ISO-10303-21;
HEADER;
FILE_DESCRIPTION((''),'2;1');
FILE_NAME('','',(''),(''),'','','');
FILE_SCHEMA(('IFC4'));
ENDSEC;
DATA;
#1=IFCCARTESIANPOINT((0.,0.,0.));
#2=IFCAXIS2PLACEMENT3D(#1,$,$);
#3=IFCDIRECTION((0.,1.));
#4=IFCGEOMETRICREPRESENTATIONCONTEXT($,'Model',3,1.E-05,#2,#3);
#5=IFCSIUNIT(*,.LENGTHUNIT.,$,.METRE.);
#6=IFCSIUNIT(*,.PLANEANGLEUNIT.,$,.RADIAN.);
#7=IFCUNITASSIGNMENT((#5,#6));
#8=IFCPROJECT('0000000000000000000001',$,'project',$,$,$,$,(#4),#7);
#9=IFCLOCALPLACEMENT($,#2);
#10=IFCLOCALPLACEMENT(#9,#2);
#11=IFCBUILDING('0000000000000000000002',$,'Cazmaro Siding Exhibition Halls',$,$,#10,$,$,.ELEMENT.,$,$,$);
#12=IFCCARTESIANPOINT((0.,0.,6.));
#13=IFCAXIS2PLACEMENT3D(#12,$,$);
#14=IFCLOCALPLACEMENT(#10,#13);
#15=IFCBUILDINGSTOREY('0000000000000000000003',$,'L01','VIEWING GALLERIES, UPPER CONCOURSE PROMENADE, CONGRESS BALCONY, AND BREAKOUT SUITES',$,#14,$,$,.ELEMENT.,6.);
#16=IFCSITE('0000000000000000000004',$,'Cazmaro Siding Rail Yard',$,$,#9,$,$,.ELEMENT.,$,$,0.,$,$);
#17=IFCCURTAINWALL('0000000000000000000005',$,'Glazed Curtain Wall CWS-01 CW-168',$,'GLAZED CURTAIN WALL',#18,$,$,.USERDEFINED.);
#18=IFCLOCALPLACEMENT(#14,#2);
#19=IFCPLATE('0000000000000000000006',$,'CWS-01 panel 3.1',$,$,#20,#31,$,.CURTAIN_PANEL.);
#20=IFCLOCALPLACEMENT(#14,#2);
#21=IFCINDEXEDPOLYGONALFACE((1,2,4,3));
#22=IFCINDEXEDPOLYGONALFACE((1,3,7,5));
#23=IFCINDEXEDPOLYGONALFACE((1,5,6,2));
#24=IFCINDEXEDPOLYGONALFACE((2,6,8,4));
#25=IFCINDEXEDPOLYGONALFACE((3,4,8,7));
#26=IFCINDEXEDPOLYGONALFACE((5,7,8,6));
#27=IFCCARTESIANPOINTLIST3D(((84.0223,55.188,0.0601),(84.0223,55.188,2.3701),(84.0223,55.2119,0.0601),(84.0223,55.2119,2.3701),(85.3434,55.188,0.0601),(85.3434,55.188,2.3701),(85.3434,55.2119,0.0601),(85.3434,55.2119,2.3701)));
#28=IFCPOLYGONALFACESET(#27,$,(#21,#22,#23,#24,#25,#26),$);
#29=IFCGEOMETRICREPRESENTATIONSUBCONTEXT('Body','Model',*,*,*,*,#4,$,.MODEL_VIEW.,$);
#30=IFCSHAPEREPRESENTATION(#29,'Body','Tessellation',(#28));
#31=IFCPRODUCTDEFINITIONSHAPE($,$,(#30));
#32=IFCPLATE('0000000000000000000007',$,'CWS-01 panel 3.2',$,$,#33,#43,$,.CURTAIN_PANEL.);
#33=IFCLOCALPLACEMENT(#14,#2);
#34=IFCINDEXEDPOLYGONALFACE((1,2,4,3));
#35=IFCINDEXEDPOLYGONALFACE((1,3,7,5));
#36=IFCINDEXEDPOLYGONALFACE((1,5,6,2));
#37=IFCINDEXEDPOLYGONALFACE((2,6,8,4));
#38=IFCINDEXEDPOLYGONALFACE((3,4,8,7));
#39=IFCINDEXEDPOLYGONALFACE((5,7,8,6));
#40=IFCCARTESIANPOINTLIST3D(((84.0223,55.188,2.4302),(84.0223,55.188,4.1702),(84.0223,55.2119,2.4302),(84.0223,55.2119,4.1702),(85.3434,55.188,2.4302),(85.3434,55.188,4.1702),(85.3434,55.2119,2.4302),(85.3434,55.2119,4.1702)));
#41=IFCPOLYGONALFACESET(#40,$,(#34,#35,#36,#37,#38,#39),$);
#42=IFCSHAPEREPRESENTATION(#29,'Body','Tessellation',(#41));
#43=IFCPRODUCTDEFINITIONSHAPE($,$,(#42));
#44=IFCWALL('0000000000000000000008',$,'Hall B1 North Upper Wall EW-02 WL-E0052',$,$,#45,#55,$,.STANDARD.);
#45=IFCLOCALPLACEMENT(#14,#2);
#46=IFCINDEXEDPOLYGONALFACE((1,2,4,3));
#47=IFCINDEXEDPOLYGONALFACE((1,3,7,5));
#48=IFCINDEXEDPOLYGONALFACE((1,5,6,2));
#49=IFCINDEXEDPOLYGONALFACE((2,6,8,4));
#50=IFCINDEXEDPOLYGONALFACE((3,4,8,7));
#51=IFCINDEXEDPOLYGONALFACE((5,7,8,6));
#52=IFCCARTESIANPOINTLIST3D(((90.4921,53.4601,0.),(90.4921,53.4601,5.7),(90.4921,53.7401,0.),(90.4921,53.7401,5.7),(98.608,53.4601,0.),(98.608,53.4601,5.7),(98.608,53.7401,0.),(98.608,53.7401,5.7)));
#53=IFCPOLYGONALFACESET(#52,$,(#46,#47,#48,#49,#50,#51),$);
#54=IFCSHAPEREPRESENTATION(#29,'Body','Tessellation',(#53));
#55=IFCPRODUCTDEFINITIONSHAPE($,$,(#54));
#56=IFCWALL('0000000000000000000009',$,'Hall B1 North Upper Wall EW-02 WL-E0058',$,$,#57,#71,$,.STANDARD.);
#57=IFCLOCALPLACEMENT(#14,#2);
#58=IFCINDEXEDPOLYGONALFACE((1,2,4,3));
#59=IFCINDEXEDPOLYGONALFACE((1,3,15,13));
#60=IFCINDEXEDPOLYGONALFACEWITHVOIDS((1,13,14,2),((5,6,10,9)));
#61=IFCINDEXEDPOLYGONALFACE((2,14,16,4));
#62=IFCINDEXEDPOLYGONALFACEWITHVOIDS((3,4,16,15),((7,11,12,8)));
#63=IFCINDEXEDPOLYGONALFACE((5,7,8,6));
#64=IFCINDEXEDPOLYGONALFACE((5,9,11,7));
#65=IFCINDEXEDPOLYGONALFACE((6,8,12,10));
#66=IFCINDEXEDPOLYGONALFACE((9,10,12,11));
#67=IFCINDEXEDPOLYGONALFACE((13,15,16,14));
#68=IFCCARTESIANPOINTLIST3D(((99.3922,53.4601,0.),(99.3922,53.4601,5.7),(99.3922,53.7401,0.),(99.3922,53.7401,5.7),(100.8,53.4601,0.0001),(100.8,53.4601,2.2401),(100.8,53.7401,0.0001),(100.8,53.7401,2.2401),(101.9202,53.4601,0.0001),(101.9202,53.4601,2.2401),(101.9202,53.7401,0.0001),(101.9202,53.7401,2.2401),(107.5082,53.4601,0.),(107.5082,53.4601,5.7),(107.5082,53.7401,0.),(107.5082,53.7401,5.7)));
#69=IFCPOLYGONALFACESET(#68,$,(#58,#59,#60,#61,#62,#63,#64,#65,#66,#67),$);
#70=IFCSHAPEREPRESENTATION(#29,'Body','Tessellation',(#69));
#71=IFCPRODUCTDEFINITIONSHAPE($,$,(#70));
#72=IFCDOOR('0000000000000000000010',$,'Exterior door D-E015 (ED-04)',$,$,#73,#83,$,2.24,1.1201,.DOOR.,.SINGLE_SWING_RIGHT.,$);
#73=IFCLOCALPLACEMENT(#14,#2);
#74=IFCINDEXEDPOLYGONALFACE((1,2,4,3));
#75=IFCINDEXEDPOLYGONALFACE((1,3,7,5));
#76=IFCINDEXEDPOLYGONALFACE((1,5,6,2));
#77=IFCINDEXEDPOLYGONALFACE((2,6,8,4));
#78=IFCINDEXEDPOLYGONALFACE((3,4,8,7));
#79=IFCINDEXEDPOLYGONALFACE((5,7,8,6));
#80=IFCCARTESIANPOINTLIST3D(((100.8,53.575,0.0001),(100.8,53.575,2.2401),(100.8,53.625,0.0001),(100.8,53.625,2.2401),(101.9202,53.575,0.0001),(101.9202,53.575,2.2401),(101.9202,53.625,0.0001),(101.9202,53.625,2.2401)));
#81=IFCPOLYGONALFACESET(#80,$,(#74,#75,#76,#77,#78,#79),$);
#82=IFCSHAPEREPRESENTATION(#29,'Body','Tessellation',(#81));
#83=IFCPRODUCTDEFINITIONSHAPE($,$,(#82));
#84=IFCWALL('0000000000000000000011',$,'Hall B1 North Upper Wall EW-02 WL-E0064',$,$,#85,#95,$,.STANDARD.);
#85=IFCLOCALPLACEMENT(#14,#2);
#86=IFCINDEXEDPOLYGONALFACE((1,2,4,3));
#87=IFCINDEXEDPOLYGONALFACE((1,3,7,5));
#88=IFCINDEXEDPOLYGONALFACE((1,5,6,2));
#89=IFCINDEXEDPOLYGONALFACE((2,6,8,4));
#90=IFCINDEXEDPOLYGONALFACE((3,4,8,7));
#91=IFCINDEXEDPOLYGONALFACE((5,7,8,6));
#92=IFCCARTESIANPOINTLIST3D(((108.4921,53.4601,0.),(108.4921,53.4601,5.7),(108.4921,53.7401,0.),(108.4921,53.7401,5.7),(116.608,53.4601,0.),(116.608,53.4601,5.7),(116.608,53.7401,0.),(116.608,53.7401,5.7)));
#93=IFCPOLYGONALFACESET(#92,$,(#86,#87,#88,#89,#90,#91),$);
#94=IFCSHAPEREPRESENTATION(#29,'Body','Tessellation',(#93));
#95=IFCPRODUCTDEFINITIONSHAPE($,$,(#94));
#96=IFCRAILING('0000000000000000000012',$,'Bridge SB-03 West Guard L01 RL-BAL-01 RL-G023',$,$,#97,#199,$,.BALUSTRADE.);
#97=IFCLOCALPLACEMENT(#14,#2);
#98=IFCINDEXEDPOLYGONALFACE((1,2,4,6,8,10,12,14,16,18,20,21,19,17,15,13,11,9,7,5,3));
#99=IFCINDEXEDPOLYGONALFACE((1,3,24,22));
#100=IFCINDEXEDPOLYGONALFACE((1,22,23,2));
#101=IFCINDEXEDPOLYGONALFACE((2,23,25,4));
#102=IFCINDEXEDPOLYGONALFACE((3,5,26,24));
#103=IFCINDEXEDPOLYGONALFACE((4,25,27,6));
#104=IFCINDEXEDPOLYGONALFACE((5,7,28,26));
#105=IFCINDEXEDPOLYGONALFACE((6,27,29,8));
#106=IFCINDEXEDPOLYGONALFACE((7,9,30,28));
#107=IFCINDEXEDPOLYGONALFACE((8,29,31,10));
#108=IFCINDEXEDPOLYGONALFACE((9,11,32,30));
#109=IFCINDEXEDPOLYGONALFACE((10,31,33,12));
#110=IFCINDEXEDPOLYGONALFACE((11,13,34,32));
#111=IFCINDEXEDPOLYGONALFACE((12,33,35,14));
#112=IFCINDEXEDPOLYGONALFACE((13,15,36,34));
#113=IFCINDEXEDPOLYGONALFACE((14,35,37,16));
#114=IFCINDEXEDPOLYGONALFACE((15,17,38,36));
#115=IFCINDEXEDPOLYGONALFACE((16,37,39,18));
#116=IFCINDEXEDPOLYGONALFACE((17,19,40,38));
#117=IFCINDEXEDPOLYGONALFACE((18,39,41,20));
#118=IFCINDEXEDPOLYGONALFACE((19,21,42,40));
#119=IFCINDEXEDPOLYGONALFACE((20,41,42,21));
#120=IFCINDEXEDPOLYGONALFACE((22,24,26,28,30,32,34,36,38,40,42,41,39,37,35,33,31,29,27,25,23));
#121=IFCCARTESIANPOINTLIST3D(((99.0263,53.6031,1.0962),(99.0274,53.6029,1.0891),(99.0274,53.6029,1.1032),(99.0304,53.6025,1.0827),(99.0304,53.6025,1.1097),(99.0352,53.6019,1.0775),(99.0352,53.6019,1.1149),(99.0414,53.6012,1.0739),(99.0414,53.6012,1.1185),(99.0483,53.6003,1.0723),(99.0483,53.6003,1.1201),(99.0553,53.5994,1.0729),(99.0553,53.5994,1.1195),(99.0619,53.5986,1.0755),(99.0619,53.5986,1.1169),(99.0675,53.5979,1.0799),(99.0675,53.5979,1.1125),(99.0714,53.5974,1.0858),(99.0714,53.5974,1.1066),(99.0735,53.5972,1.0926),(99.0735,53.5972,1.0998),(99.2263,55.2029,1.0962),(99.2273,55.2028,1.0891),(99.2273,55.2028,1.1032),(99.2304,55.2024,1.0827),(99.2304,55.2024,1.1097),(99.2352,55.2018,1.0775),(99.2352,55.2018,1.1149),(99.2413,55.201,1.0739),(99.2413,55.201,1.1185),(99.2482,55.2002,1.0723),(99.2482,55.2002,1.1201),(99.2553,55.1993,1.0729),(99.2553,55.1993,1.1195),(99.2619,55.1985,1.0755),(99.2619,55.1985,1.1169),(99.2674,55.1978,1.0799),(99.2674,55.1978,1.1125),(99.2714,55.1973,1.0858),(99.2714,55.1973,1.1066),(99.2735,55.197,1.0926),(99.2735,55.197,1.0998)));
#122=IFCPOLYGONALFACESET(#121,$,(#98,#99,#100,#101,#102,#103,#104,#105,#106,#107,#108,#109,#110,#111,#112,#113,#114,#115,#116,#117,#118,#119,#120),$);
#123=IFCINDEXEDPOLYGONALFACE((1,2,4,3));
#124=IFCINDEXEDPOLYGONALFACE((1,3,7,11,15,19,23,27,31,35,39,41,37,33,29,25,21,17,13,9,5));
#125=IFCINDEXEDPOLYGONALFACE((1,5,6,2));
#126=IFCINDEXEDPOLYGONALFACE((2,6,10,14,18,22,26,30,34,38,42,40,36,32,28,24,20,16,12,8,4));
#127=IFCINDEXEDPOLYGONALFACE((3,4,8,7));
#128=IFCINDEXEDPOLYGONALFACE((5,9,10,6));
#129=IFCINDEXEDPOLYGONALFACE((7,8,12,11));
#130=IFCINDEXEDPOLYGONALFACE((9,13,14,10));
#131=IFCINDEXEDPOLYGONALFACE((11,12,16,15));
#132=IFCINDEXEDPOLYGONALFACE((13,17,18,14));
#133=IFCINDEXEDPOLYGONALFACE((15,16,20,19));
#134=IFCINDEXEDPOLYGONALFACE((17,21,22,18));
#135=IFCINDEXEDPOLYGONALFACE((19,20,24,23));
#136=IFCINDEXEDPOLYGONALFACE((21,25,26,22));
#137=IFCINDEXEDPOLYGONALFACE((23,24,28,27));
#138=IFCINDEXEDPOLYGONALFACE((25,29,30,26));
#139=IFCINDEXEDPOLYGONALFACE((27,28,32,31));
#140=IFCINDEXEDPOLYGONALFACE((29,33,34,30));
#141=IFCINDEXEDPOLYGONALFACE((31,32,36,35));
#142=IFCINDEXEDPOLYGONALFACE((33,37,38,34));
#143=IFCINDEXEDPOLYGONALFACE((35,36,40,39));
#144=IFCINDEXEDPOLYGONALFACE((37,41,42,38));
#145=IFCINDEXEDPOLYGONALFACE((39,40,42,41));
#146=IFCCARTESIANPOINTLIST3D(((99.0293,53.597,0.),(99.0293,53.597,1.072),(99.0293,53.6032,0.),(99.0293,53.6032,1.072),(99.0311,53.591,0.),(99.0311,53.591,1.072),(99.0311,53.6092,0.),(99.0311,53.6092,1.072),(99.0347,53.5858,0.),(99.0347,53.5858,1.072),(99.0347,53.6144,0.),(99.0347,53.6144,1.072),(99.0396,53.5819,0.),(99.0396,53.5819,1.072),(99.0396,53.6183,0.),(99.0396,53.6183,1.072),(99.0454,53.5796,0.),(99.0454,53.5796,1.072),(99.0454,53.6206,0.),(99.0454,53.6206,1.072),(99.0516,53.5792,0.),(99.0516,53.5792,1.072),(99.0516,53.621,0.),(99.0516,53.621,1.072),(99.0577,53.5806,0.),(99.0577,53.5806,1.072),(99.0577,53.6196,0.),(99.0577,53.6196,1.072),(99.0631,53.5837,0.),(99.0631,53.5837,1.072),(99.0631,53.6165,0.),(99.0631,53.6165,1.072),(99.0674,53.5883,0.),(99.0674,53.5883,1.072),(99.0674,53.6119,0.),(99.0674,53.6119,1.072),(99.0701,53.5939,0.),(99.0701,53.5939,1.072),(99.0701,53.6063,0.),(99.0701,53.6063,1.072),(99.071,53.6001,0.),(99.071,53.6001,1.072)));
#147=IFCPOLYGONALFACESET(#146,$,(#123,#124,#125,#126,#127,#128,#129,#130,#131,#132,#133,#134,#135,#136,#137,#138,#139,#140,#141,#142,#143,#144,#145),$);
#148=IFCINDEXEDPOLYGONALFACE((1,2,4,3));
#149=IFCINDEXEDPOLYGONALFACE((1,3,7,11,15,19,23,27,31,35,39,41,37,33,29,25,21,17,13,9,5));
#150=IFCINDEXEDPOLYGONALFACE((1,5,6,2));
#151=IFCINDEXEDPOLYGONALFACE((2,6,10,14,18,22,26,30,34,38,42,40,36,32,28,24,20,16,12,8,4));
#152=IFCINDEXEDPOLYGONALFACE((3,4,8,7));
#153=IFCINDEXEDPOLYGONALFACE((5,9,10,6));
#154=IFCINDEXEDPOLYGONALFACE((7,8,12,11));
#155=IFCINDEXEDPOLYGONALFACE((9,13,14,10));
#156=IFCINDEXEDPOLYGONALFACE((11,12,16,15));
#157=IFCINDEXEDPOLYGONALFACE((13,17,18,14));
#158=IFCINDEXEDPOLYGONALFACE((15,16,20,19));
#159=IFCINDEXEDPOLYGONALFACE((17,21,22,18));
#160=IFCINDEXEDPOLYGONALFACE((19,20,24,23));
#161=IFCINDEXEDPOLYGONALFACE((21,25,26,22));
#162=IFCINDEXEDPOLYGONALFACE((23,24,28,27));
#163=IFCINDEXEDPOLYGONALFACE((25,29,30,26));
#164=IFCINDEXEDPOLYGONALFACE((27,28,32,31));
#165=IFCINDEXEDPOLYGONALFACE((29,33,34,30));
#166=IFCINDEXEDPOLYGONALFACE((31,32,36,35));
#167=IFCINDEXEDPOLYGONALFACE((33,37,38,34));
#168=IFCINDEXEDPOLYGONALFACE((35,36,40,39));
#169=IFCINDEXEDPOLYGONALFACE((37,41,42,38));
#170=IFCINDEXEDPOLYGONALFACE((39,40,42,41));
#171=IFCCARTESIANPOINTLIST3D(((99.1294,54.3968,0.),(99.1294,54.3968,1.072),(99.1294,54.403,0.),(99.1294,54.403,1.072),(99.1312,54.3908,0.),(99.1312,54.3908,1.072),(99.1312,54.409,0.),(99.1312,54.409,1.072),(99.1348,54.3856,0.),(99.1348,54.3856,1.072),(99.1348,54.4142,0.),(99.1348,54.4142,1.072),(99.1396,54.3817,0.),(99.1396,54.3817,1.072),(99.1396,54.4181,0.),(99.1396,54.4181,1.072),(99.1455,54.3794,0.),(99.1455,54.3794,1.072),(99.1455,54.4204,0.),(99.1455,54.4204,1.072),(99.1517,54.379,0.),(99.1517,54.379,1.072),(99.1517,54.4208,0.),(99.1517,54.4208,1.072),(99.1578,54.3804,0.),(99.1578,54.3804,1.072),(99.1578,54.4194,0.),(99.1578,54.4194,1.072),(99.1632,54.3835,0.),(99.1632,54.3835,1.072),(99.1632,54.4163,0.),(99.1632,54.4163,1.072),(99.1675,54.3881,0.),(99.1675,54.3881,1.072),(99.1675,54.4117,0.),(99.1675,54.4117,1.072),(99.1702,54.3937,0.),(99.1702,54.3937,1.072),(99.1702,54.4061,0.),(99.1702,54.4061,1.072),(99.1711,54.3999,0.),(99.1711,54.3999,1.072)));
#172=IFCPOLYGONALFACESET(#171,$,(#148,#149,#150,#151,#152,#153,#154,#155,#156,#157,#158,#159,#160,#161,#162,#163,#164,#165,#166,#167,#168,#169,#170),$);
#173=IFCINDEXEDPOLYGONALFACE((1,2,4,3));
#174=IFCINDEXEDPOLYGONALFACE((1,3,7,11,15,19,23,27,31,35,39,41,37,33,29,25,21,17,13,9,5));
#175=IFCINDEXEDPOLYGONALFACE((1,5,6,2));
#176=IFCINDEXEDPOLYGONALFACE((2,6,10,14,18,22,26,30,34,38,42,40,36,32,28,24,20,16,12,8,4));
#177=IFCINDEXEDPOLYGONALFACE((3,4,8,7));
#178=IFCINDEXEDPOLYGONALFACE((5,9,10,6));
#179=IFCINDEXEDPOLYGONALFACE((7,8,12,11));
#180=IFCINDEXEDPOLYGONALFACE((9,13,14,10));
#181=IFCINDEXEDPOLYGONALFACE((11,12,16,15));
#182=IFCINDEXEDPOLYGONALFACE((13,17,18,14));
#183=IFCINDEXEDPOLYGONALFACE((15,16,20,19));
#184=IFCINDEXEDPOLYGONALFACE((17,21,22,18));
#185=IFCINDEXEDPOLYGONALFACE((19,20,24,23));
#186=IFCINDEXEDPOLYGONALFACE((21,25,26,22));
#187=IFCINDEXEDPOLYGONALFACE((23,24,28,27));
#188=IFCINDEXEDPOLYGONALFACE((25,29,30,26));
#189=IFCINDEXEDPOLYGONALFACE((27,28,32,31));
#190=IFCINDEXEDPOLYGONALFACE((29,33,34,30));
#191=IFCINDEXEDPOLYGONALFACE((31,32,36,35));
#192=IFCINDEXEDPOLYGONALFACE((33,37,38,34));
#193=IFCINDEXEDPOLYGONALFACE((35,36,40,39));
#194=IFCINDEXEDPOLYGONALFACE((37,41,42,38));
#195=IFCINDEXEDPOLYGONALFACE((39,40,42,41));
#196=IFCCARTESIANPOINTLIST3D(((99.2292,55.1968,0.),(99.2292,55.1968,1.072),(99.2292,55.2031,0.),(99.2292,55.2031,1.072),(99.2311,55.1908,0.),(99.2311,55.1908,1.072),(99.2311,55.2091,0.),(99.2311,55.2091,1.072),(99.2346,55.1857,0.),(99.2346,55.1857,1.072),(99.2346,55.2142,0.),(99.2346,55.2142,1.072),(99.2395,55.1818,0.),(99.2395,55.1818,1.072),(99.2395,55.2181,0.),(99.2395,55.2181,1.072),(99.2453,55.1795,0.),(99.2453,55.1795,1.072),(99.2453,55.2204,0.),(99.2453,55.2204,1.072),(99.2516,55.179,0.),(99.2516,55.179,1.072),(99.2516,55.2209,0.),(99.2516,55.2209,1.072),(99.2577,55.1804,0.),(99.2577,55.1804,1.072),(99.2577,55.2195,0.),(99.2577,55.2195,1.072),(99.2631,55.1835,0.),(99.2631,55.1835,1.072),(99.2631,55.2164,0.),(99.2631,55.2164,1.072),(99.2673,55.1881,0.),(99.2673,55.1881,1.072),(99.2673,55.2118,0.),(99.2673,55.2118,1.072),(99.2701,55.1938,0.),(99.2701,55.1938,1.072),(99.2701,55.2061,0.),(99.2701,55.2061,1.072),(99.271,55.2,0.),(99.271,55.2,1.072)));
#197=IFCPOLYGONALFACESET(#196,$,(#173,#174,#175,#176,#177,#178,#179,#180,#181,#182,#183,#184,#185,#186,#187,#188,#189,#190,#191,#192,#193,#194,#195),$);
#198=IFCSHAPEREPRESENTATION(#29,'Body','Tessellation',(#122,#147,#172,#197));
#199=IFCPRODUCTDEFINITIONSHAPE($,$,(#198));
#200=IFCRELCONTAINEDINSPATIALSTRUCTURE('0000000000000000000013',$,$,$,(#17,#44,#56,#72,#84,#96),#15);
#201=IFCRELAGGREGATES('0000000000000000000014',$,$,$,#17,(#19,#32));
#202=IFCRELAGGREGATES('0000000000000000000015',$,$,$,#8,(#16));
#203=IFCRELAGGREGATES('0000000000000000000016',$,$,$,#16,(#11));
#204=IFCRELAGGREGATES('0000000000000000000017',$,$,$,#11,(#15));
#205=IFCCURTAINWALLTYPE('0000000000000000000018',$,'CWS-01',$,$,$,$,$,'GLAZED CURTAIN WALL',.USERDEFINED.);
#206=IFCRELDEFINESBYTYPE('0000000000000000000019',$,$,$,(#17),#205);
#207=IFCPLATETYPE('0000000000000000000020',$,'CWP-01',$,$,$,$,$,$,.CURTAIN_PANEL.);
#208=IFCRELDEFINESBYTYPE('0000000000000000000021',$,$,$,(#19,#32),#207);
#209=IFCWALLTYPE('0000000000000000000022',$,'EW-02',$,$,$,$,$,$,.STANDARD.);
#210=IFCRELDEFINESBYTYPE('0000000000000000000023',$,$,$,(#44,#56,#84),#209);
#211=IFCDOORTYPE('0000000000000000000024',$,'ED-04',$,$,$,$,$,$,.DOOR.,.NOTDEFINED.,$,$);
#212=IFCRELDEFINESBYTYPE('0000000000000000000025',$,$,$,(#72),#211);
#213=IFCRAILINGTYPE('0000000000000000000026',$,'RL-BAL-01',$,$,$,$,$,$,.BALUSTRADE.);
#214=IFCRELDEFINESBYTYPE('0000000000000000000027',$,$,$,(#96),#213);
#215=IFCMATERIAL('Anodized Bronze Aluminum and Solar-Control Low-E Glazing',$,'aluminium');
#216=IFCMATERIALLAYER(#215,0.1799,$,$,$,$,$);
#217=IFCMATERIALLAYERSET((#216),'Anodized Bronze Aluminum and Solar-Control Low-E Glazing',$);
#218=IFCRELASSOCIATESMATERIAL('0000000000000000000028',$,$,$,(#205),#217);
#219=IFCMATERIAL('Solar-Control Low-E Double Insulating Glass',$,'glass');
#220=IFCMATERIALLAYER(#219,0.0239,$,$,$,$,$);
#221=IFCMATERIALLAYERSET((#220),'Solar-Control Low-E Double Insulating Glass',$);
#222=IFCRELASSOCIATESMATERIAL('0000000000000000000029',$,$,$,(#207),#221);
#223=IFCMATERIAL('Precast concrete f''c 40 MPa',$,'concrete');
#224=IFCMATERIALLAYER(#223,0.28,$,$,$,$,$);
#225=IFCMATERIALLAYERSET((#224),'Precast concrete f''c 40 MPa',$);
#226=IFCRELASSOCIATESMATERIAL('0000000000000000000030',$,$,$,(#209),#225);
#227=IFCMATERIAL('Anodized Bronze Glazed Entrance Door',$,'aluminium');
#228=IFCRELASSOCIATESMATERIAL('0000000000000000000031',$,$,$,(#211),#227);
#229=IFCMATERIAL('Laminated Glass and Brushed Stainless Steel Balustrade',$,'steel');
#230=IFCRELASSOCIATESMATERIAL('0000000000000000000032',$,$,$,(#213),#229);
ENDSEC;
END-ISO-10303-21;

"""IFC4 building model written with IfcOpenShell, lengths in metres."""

from ifc_helpers import new_model, si_unit, direction, frame, frame_2d, origin, origin_2d, place, context, subcontext, project, spatial, rectangle, circle, extrude, material, layer, layer_set, type_object, element, fill, aggregate, save


model = new_model("IFC4")

# Units and contexts
model_context = context("Model", 3, precision=1e-05, world=origin(), true_north=direction((0.0, 1.0)))
body_context = subcontext(model_context, "Body", "Model", "MODEL_VIEW")
ifc_project = project(units=[si_unit("LENGTHUNIT", "METRE"), si_unit("PLANEANGLEUNIT", "RADIAN")], contexts=[model_context])

# Site, building, storey
site_placement = place(None, origin())
site = spatial("IfcSite", under=ifc_project, at=site_placement, Name="Cazmaro Siding Rail Yard", CompositionType="ELEMENT", RefElevation=0.0)
building_placement = place(site_placement, origin())
building = spatial("IfcBuilding", under=site, at=building_placement, Name="Cazmaro Siding Exhibition Halls", CompositionType="ELEMENT")
storey_placement = place(building_placement, frame((0.0, 0.0, 6.0)))
storey = spatial("IfcBuildingStorey", under=building, at=storey_placement, Name="L01", Description="VIEWING GALLERIES, UPPER CONCOURSE PROMENADE, CONGRESS BALCONY, AND BREAKOUT SUITES", CompositionType="ELEMENT", Elevation=6.0)

# Curtain wall
ifc_material_1 = material(Name="Anodized Bronze Aluminum and Solar-Control Low-E Glazing", Category="aluminium")
ifc_layer_1 = layer(ifc_material_1, 0.1799)
ifc_layer_set_1 = layer_set([ifc_layer_1], Name="Anodized Bronze Aluminum and Solar-Control Low-E Glazing")
curtain_wall_type = type_object("IfcCurtainWallType", Name="CWS-01", ElementType="GLAZED CURTAIN WALL", PredefinedType="USERDEFINED", material=ifc_layer_set_1)
curtain_wall_placement = place(storey_placement, origin())
curtain_wall = element("IfcCurtainWall", 1, at=curtain_wall_placement, inside=storey, type_object=curtain_wall_type, Name="Glazed Curtain Wall CWS-01 CW-168", ObjectType="GLAZED CURTAIN WALL", PredefinedType="USERDEFINED")

# Plates
ifc_material_2 = material(Name="Solar-Control Low-E Double Insulating Glass", Category="glass")
ifc_layer_2 = layer(ifc_material_2, 0.0239)
ifc_layer_set_2 = layer_set([ifc_layer_2], Name="Solar-Control Low-E Double Insulating Glass")
plate_type = type_object("IfcPlateType", Name="CWP-01", PredefinedType="CURTAIN_PANEL", material=ifc_layer_set_2)
plate_1_placement = place(storey_placement, frame((84.6829, 55.2, 0.0601), z_axis=(0.0, 0.0, 1.0), x_axis=(1.0, 0.0, 0.0)))
plate_1 = element("IfcPlate", 2, at=plate_1_placement, type_object=plate_type, Name="CWS-01 panel 3.1", PredefinedType="CURTAIN_PANEL", context=body_context, shape_type="SweptSolid", body=[
    extrude(rectangle(XDim=1.321, YDim=0.0239, at=origin_2d()), origin(), (0.0, 0.0, 1.0), 2.3101),
])
plate_2_placement = place(storey_placement, frame((84.6829, 55.2, 2.4302), z_axis=(0.0, 0.0, 1.0), x_axis=(1.0, 0.0, 0.0)))
plate_2 = element("IfcPlate", 3, at=plate_2_placement, type_object=plate_type, Name="CWS-01 panel 3.2", PredefinedType="CURTAIN_PANEL", context=body_context, shape_type="SweptSolid", body=[
    extrude(rectangle(XDim=1.321, YDim=0.0239, at=origin_2d()), origin(), (0.0, 0.0, 1.0), 1.74),
])
aggregate(curtain_wall, [plate_1, plate_2])

# Wall
ifc_material_3 = material(Name="Precast concrete f'c 40 MPa", Category="concrete")
ifc_layer_3 = layer(ifc_material_3, 0.28)
ifc_layer_set_3 = layer_set([ifc_layer_3], Name="Precast concrete f'c 40 MPa")
wall_type = type_object("IfcWallType", Name="EW-02", PredefinedType="STANDARD", material=ifc_layer_set_3)
wall_1_placement = place(storey_placement, frame((90.4919, 53.6001, 0.0), z_axis=(0.0, 0.0, 1.0), x_axis=(1.0, 0.0, 0.0)))
element("IfcWall", 4, at=wall_1_placement, inside=storey, type_object=wall_type, Name="Hall B1 North Upper Wall EW-02 WL-E0052", PredefinedType="STANDARD", context=body_context, shape_type="SweptSolid", body=[
    extrude(rectangle(XDim=8.116, YDim=0.28, at=frame_2d((4.0581, 0.0))), origin(), (0.0, 0.0, 1.0), 5.7),
])

# Wall, opening, door
wall_2_placement = place(storey_placement, frame((99.3921, 53.6001, 0.0), z_axis=(0.0, 0.0, 1.0), x_axis=(1.0, 0.0, 0.0)))
wall_2 = element("IfcWall", 5, at=wall_2_placement, inside=storey, type_object=wall_type, Name="Hall B1 North Upper Wall EW-02 WL-E0058", PredefinedType="STANDARD", context=body_context, shape_type="SweptSolid", body=[
    extrude(rectangle(XDim=8.116, YDim=0.28, at=frame_2d((4.0581, 0.0))), origin(), (0.0, 0.0, 1.0), 5.7),
])
opening_placement = place(wall_2_placement, frame((1.408, 0.0, 0.0)))
opening = element("IfcOpeningElement", 6, at=opening_placement, cuts=wall_2, PredefinedType="OPENING", context=body_context, shape_type="SweptSolid", body=[
    extrude(rectangle(XDim=1.1201, YDim=2.24, at=frame_2d((0.5601, 1.1201))), frame((0.0, 0.1499, 0.0), z_axis=(0.0, -1.0, 0.0), x_axis=(1.0, 0.0, 0.0)), (0.0, 0.0, 1.0), 0.3),
])
ifc_material_4 = material(Name="Anodized Bronze Glazed Entrance Door", Category="aluminium")
door_type = type_object("IfcDoorType", Name="ED-04", OperationType="NOTDEFINED", PredefinedType="DOOR", material=ifc_material_4)
door_placement = place(opening_placement, origin())
door = element("IfcDoor", 7, at=door_placement, inside=storey, type_object=door_type, Name="Exterior door D-E015 (ED-04)", OperationType="SINGLE_SWING_RIGHT", OverallHeight=2.24, OverallWidth=1.1201, PredefinedType="DOOR", context=body_context, shape_type="SweptSolid", body=[
    extrude(rectangle(XDim=1.1201, YDim=2.24, at=frame_2d((0.5601, 1.1201))), frame((0.0, 0.0249, 0.0), z_axis=(0.0, -1.0, 0.0), x_axis=(1.0, 0.0, 0.0)), (0.0, 0.0, 1.0), 0.05),
])
fill(opening, door)

# Wall
wall_3_placement = place(storey_placement, frame((108.4919, 53.6001, 0.0), z_axis=(0.0, 0.0, 1.0), x_axis=(1.0, 0.0, 0.0)))
element("IfcWall", 8, at=wall_3_placement, inside=storey, type_object=wall_type, Name="Hall B1 North Upper Wall EW-02 WL-E0064", PredefinedType="STANDARD", context=body_context, shape_type="SweptSolid", body=[
    extrude(rectangle(XDim=8.116, YDim=0.28, at=frame_2d((4.0581, 0.0))), origin(), (0.0, 0.0, 1.0), 5.7),
])

# Railing
ifc_material_5 = material(Name="Laminated Glass and Brushed Stainless Steel Balustrade", Category="steel")
railing_type = type_object("IfcRailingType", Name="RL-BAL-01", PredefinedType="BALUSTRADE", material=ifc_material_5)
railing_1_placement = place(storey_placement, frame((99.05, 53.6001, 0.0)))
element("IfcRailing", 9, at=railing_1_placement, inside=storey, type_object=railing_type, Name="Bridge SB-03 West Guard L01 RL-BAL-01 RL-G023", PredefinedType="BALUSTRADE", context=body_context, shape_type="SweptSolid", body=[
    extrude(circle(Radius=0.0239, at=origin_2d()), frame((0.0, 0.0, 1.0962), z_axis=(0.124016, 0.99228, 0.0), x_axis=(-0.99228, 0.124016, 0.0)), (0.0, 0.0, 1.0), 1.6123),
    extrude(circle(Radius=0.021, at=origin_2d()), origin(), (0.0, 0.0, 1.0), 1.072),
    extrude(circle(Radius=0.021, at=origin_2d()), frame((0.1001, 0.7998, 0.0)), (0.0, 0.0, 1.0), 1.072),
    extrude(circle(Radius=0.021, at=origin_2d()), frame((0.2, 1.5999, 0.0)), (0.0, 0.0, 1.0), 1.072),
])

save(model, "model.ifc")
